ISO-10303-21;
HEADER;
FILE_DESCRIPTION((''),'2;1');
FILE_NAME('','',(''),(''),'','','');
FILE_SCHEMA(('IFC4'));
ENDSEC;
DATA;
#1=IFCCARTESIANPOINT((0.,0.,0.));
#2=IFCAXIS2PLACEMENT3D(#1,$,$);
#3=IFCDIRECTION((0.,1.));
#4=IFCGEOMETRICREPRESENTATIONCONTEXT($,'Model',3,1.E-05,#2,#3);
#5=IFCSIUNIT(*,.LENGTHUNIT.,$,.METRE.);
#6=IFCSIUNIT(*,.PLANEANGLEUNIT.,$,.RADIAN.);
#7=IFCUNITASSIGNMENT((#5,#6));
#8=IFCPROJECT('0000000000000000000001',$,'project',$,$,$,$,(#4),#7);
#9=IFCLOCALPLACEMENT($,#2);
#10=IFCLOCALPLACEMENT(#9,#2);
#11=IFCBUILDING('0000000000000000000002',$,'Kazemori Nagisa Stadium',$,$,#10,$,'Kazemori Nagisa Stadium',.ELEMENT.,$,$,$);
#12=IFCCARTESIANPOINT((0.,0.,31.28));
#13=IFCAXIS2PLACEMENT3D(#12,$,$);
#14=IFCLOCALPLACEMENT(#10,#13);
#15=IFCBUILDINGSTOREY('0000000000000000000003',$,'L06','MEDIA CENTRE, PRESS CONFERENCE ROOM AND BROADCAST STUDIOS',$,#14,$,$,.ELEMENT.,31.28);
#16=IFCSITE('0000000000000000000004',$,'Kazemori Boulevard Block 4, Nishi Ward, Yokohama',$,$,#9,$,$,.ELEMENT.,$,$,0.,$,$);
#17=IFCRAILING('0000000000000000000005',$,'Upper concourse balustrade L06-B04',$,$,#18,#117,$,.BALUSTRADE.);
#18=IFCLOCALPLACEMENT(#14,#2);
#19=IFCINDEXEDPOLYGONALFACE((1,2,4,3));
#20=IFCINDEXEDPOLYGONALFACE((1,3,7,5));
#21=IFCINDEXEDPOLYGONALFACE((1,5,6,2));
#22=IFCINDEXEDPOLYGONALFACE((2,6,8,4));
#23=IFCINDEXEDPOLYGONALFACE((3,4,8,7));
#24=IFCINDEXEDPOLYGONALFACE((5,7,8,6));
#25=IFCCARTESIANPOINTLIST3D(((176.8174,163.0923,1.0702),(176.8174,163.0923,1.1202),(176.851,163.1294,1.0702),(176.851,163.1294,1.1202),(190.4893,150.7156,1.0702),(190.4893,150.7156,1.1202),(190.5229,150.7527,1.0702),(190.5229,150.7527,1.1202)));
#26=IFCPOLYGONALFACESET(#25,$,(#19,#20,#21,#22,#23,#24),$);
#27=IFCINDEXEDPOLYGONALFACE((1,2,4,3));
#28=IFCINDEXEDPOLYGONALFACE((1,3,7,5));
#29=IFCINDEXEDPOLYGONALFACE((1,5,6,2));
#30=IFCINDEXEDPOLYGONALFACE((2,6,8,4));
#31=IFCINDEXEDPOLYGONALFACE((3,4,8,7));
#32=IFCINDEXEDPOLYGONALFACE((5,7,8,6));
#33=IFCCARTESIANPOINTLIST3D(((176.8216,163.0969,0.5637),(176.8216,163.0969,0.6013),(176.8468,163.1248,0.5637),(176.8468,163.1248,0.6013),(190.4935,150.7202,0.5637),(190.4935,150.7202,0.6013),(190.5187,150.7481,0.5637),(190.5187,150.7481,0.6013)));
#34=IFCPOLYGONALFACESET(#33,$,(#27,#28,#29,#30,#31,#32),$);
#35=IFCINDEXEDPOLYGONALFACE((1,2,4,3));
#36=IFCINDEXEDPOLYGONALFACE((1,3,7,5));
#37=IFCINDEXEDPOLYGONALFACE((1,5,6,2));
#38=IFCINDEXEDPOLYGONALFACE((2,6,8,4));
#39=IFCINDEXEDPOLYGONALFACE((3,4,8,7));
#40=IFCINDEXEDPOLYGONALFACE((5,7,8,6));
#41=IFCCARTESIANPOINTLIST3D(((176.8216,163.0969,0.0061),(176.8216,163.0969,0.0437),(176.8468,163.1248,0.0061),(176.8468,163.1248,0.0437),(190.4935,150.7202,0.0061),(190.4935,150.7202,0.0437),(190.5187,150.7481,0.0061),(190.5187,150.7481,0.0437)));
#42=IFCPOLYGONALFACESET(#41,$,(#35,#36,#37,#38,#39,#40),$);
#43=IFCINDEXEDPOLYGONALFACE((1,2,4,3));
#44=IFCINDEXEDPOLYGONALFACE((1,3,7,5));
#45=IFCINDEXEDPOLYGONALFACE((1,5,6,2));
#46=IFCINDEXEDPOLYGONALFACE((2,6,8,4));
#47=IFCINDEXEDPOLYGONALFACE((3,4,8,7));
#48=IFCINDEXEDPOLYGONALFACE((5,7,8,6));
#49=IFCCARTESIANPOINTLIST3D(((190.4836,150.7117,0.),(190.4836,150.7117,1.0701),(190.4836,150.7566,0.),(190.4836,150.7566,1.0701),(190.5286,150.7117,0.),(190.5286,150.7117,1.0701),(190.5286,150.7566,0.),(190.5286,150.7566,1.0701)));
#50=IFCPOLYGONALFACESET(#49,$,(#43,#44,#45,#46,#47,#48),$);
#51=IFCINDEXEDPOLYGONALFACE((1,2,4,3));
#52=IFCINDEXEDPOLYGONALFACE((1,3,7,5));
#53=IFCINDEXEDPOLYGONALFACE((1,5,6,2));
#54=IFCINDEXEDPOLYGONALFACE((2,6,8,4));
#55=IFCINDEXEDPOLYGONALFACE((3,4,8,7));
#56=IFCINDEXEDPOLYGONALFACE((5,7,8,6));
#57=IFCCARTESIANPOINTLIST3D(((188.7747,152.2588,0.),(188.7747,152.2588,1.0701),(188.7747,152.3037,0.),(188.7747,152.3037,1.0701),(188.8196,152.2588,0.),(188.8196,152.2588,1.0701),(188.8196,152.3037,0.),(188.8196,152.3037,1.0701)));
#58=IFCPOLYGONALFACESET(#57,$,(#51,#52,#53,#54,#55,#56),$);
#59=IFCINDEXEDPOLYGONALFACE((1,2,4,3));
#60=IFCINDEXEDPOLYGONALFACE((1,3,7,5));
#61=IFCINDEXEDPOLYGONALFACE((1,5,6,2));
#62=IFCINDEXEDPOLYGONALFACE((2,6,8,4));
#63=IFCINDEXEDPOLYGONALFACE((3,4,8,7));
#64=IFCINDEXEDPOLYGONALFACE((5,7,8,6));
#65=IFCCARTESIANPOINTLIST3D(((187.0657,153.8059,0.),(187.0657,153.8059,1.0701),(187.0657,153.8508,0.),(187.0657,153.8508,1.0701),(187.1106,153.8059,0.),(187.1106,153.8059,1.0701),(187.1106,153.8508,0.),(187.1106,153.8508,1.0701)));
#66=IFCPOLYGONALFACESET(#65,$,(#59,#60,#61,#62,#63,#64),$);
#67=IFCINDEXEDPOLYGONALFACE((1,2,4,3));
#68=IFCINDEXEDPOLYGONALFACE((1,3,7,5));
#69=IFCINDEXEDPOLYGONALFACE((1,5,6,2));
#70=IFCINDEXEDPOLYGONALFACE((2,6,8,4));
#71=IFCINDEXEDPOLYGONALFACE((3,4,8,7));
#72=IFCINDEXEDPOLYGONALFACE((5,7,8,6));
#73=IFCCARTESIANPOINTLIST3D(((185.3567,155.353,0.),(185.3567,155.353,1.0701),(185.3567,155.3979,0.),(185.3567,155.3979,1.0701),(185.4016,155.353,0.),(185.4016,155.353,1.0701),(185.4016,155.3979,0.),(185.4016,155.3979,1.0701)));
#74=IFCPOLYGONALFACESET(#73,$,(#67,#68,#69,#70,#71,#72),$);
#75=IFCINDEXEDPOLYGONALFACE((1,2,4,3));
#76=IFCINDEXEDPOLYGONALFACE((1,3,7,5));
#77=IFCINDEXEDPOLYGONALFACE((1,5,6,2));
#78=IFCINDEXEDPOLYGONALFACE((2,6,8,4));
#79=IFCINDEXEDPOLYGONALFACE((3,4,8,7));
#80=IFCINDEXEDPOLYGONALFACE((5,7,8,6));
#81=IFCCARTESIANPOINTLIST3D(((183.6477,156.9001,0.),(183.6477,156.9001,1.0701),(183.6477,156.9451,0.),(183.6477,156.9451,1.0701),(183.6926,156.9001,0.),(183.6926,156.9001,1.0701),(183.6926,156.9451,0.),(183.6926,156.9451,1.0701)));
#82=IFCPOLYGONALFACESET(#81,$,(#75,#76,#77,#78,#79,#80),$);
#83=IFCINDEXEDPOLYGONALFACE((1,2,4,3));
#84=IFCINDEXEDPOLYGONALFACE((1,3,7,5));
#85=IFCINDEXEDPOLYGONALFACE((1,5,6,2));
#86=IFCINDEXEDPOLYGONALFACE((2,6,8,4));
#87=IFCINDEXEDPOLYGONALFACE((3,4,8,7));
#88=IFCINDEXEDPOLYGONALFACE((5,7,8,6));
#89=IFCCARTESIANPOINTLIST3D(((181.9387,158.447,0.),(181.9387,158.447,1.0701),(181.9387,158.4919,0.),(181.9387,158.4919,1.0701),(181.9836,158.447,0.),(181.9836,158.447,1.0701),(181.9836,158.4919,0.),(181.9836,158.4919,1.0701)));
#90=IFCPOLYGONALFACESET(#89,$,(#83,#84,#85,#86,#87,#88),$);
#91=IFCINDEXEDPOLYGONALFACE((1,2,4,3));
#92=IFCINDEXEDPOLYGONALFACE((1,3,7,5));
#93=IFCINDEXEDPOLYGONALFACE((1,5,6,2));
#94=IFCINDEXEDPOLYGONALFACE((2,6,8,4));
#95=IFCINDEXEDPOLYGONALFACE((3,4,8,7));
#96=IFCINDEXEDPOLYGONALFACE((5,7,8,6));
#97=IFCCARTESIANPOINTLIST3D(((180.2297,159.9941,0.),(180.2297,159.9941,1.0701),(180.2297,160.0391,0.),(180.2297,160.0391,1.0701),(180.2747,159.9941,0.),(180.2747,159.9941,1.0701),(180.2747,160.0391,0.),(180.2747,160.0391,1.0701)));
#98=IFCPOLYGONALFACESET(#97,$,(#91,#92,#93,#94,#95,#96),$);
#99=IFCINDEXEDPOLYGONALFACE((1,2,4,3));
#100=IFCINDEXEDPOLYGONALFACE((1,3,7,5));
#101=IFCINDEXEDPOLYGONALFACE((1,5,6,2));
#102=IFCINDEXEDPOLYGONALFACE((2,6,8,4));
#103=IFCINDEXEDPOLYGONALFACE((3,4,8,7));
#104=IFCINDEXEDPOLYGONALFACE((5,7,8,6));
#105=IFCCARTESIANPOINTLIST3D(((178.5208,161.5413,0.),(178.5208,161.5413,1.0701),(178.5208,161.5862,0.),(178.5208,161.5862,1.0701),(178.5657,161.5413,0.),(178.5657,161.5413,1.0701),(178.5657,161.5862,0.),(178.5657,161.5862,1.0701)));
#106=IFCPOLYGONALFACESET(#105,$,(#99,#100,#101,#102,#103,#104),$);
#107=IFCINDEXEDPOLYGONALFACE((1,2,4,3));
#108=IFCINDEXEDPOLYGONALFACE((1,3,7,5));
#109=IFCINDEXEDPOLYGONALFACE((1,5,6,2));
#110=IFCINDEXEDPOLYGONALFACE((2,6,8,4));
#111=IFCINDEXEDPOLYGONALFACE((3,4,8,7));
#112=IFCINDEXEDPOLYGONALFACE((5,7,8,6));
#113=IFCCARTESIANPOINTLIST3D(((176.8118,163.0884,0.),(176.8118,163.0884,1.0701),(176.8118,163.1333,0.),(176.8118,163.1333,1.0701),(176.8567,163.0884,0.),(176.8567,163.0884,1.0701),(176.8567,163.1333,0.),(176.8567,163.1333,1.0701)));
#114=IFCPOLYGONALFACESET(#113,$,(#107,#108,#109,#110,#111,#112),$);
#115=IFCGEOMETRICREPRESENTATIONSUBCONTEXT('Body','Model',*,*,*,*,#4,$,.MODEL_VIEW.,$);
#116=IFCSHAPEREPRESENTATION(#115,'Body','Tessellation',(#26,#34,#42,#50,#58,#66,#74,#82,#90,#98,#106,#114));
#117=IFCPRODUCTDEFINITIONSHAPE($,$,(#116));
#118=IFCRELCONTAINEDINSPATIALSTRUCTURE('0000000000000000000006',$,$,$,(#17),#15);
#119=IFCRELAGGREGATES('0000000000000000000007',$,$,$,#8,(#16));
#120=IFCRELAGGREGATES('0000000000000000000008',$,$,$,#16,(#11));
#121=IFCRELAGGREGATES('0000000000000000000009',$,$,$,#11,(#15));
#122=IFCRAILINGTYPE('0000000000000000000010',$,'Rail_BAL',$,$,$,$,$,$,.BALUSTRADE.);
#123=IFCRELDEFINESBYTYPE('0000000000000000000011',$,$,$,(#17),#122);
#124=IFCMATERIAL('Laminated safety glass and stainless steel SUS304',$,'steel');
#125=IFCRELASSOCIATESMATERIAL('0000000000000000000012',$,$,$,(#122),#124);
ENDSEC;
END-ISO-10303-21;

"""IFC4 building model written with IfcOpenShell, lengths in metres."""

from ifc_helpers import new_model, si_unit, direction, frame, origin, origin_2d, place, context, subcontext, project, spatial, rectangle, extrude, material, type_object, element, save


model = new_model("IFC4")

# Units and contexts
model_context = context("Model", 3, precision=1e-05, world=origin(), true_north=direction((0.0, 1.0)))
body_context = subcontext(model_context, "Body", "Model", "MODEL_VIEW")
ifc_project = project(units=[si_unit("LENGTHUNIT", "METRE"), si_unit("PLANEANGLEUNIT", "RADIAN")], contexts=[model_context])

# Site, building, storey
site_placement = place(None, origin())
site = spatial("IfcSite", under=ifc_project, at=site_placement, Name="Kazemori Boulevard Block 4, Nishi Ward, Yokohama", CompositionType="ELEMENT", RefElevation=0.0)
building_placement = place(site_placement, origin())
building = spatial("IfcBuilding", under=site, at=building_placement, Name="Kazemori Nagisa Stadium", LongName="Kazemori Nagisa Stadium", CompositionType="ELEMENT")
storey_placement = place(building_placement, frame((0.0, 0.0, 31.28)))
storey = spatial("IfcBuildingStorey", under=building, at=storey_placement, Name="L06", Description="MEDIA CENTRE, PRESS CONFERENCE ROOM AND BROADCAST STUDIOS", CompositionType="ELEMENT", Elevation=31.28)

# Railing
ifc_material_1 = material(Name="Laminated safety glass and stainless steel SUS304", Category="steel")
railing_type_1 = type_object("IfcRailingType", Name="Rail_BAL", PredefinedType="BALUSTRADE", material=ifc_material_1)
railing_1_placement = place(storey_placement, frame((190.5061, 150.7341, 0.0)))
element("IfcRailing", 1, at=railing_1_placement, inside=storey, type_object=railing_type_1, Name="Upper concourse balustrade L06-B04", PredefinedType="BALUSTRADE", context=body_context, shape_type="SweptSolid", body=[
    extrude(rectangle(XDim=0.05, YDim=0.05, at=origin_2d()), frame((0.0, 0.0, 1.0952), z_axis=(-0.741349, 0.67112, 0.0), x_axis=(-0.67112, -0.741349, 0.0)), (0.0, 0.0, 1.0), 18.4419),
    extrude(rectangle(XDim=0.0376, YDim=0.0376, at=origin_2d()), frame((0.0, 0.0, 0.5825), z_axis=(-0.741349, 0.67112, 0.0), x_axis=(-0.67112, -0.741349, 0.0)), (0.0, 0.0, 1.0), 18.4419),
    extrude(rectangle(XDim=0.0376, YDim=0.0376, at=origin_2d()), frame((0.0, 0.0, 0.0249), z_axis=(-0.741349, 0.67112, 0.0), x_axis=(-0.67112, -0.741349, 0.0)), (0.0, 0.0, 1.0), 18.4419),
    extrude(rectangle(XDim=0.0449, YDim=0.0449, at=origin_2d()), origin(), (0.0, 0.0, 1.0), 1.0701),
    extrude(rectangle(XDim=0.0449, YDim=0.0449, at=origin_2d()), frame((-1.709, 1.5471, 0.0)), (0.0, 0.0, 1.0), 1.0701),
    extrude(rectangle(XDim=0.0449, YDim=0.0449, at=origin_2d()), frame((-3.418, 3.0942, 0.0)), (0.0, 0.0, 1.0), 1.0701),
    extrude(rectangle(XDim=0.0449, YDim=0.0449, at=origin_2d()), frame((-5.127, 4.6414, 0.0)), (0.0, 0.0, 1.0), 1.0701),
    extrude(rectangle(XDim=0.0449, YDim=0.0449, at=origin_2d()), frame((-6.8359, 6.1885, 0.0)), (0.0, 0.0, 1.0), 1.0701),
    extrude(rectangle(XDim=0.0449, YDim=0.0449, at=origin_2d()), frame((-8.5449, 7.7354, 0.0)), (0.0, 0.0, 1.0), 1.0701),
    extrude(rectangle(XDim=0.0449, YDim=0.0449, at=origin_2d()), frame((-10.2539, 9.2825, 0.0)), (0.0, 0.0, 1.0), 1.0701),
    extrude(rectangle(XDim=0.0449, YDim=0.0449, at=origin_2d()), frame((-11.9629, 10.8296, 0.0)), (0.0, 0.0, 1.0), 1.0701),
    extrude(rectangle(XDim=0.0449, YDim=0.0449, at=origin_2d()), frame((-13.6719, 12.3767, 0.0)), (0.0, 0.0, 1.0), 1.0701),
])

save(model, "model.ifc")
